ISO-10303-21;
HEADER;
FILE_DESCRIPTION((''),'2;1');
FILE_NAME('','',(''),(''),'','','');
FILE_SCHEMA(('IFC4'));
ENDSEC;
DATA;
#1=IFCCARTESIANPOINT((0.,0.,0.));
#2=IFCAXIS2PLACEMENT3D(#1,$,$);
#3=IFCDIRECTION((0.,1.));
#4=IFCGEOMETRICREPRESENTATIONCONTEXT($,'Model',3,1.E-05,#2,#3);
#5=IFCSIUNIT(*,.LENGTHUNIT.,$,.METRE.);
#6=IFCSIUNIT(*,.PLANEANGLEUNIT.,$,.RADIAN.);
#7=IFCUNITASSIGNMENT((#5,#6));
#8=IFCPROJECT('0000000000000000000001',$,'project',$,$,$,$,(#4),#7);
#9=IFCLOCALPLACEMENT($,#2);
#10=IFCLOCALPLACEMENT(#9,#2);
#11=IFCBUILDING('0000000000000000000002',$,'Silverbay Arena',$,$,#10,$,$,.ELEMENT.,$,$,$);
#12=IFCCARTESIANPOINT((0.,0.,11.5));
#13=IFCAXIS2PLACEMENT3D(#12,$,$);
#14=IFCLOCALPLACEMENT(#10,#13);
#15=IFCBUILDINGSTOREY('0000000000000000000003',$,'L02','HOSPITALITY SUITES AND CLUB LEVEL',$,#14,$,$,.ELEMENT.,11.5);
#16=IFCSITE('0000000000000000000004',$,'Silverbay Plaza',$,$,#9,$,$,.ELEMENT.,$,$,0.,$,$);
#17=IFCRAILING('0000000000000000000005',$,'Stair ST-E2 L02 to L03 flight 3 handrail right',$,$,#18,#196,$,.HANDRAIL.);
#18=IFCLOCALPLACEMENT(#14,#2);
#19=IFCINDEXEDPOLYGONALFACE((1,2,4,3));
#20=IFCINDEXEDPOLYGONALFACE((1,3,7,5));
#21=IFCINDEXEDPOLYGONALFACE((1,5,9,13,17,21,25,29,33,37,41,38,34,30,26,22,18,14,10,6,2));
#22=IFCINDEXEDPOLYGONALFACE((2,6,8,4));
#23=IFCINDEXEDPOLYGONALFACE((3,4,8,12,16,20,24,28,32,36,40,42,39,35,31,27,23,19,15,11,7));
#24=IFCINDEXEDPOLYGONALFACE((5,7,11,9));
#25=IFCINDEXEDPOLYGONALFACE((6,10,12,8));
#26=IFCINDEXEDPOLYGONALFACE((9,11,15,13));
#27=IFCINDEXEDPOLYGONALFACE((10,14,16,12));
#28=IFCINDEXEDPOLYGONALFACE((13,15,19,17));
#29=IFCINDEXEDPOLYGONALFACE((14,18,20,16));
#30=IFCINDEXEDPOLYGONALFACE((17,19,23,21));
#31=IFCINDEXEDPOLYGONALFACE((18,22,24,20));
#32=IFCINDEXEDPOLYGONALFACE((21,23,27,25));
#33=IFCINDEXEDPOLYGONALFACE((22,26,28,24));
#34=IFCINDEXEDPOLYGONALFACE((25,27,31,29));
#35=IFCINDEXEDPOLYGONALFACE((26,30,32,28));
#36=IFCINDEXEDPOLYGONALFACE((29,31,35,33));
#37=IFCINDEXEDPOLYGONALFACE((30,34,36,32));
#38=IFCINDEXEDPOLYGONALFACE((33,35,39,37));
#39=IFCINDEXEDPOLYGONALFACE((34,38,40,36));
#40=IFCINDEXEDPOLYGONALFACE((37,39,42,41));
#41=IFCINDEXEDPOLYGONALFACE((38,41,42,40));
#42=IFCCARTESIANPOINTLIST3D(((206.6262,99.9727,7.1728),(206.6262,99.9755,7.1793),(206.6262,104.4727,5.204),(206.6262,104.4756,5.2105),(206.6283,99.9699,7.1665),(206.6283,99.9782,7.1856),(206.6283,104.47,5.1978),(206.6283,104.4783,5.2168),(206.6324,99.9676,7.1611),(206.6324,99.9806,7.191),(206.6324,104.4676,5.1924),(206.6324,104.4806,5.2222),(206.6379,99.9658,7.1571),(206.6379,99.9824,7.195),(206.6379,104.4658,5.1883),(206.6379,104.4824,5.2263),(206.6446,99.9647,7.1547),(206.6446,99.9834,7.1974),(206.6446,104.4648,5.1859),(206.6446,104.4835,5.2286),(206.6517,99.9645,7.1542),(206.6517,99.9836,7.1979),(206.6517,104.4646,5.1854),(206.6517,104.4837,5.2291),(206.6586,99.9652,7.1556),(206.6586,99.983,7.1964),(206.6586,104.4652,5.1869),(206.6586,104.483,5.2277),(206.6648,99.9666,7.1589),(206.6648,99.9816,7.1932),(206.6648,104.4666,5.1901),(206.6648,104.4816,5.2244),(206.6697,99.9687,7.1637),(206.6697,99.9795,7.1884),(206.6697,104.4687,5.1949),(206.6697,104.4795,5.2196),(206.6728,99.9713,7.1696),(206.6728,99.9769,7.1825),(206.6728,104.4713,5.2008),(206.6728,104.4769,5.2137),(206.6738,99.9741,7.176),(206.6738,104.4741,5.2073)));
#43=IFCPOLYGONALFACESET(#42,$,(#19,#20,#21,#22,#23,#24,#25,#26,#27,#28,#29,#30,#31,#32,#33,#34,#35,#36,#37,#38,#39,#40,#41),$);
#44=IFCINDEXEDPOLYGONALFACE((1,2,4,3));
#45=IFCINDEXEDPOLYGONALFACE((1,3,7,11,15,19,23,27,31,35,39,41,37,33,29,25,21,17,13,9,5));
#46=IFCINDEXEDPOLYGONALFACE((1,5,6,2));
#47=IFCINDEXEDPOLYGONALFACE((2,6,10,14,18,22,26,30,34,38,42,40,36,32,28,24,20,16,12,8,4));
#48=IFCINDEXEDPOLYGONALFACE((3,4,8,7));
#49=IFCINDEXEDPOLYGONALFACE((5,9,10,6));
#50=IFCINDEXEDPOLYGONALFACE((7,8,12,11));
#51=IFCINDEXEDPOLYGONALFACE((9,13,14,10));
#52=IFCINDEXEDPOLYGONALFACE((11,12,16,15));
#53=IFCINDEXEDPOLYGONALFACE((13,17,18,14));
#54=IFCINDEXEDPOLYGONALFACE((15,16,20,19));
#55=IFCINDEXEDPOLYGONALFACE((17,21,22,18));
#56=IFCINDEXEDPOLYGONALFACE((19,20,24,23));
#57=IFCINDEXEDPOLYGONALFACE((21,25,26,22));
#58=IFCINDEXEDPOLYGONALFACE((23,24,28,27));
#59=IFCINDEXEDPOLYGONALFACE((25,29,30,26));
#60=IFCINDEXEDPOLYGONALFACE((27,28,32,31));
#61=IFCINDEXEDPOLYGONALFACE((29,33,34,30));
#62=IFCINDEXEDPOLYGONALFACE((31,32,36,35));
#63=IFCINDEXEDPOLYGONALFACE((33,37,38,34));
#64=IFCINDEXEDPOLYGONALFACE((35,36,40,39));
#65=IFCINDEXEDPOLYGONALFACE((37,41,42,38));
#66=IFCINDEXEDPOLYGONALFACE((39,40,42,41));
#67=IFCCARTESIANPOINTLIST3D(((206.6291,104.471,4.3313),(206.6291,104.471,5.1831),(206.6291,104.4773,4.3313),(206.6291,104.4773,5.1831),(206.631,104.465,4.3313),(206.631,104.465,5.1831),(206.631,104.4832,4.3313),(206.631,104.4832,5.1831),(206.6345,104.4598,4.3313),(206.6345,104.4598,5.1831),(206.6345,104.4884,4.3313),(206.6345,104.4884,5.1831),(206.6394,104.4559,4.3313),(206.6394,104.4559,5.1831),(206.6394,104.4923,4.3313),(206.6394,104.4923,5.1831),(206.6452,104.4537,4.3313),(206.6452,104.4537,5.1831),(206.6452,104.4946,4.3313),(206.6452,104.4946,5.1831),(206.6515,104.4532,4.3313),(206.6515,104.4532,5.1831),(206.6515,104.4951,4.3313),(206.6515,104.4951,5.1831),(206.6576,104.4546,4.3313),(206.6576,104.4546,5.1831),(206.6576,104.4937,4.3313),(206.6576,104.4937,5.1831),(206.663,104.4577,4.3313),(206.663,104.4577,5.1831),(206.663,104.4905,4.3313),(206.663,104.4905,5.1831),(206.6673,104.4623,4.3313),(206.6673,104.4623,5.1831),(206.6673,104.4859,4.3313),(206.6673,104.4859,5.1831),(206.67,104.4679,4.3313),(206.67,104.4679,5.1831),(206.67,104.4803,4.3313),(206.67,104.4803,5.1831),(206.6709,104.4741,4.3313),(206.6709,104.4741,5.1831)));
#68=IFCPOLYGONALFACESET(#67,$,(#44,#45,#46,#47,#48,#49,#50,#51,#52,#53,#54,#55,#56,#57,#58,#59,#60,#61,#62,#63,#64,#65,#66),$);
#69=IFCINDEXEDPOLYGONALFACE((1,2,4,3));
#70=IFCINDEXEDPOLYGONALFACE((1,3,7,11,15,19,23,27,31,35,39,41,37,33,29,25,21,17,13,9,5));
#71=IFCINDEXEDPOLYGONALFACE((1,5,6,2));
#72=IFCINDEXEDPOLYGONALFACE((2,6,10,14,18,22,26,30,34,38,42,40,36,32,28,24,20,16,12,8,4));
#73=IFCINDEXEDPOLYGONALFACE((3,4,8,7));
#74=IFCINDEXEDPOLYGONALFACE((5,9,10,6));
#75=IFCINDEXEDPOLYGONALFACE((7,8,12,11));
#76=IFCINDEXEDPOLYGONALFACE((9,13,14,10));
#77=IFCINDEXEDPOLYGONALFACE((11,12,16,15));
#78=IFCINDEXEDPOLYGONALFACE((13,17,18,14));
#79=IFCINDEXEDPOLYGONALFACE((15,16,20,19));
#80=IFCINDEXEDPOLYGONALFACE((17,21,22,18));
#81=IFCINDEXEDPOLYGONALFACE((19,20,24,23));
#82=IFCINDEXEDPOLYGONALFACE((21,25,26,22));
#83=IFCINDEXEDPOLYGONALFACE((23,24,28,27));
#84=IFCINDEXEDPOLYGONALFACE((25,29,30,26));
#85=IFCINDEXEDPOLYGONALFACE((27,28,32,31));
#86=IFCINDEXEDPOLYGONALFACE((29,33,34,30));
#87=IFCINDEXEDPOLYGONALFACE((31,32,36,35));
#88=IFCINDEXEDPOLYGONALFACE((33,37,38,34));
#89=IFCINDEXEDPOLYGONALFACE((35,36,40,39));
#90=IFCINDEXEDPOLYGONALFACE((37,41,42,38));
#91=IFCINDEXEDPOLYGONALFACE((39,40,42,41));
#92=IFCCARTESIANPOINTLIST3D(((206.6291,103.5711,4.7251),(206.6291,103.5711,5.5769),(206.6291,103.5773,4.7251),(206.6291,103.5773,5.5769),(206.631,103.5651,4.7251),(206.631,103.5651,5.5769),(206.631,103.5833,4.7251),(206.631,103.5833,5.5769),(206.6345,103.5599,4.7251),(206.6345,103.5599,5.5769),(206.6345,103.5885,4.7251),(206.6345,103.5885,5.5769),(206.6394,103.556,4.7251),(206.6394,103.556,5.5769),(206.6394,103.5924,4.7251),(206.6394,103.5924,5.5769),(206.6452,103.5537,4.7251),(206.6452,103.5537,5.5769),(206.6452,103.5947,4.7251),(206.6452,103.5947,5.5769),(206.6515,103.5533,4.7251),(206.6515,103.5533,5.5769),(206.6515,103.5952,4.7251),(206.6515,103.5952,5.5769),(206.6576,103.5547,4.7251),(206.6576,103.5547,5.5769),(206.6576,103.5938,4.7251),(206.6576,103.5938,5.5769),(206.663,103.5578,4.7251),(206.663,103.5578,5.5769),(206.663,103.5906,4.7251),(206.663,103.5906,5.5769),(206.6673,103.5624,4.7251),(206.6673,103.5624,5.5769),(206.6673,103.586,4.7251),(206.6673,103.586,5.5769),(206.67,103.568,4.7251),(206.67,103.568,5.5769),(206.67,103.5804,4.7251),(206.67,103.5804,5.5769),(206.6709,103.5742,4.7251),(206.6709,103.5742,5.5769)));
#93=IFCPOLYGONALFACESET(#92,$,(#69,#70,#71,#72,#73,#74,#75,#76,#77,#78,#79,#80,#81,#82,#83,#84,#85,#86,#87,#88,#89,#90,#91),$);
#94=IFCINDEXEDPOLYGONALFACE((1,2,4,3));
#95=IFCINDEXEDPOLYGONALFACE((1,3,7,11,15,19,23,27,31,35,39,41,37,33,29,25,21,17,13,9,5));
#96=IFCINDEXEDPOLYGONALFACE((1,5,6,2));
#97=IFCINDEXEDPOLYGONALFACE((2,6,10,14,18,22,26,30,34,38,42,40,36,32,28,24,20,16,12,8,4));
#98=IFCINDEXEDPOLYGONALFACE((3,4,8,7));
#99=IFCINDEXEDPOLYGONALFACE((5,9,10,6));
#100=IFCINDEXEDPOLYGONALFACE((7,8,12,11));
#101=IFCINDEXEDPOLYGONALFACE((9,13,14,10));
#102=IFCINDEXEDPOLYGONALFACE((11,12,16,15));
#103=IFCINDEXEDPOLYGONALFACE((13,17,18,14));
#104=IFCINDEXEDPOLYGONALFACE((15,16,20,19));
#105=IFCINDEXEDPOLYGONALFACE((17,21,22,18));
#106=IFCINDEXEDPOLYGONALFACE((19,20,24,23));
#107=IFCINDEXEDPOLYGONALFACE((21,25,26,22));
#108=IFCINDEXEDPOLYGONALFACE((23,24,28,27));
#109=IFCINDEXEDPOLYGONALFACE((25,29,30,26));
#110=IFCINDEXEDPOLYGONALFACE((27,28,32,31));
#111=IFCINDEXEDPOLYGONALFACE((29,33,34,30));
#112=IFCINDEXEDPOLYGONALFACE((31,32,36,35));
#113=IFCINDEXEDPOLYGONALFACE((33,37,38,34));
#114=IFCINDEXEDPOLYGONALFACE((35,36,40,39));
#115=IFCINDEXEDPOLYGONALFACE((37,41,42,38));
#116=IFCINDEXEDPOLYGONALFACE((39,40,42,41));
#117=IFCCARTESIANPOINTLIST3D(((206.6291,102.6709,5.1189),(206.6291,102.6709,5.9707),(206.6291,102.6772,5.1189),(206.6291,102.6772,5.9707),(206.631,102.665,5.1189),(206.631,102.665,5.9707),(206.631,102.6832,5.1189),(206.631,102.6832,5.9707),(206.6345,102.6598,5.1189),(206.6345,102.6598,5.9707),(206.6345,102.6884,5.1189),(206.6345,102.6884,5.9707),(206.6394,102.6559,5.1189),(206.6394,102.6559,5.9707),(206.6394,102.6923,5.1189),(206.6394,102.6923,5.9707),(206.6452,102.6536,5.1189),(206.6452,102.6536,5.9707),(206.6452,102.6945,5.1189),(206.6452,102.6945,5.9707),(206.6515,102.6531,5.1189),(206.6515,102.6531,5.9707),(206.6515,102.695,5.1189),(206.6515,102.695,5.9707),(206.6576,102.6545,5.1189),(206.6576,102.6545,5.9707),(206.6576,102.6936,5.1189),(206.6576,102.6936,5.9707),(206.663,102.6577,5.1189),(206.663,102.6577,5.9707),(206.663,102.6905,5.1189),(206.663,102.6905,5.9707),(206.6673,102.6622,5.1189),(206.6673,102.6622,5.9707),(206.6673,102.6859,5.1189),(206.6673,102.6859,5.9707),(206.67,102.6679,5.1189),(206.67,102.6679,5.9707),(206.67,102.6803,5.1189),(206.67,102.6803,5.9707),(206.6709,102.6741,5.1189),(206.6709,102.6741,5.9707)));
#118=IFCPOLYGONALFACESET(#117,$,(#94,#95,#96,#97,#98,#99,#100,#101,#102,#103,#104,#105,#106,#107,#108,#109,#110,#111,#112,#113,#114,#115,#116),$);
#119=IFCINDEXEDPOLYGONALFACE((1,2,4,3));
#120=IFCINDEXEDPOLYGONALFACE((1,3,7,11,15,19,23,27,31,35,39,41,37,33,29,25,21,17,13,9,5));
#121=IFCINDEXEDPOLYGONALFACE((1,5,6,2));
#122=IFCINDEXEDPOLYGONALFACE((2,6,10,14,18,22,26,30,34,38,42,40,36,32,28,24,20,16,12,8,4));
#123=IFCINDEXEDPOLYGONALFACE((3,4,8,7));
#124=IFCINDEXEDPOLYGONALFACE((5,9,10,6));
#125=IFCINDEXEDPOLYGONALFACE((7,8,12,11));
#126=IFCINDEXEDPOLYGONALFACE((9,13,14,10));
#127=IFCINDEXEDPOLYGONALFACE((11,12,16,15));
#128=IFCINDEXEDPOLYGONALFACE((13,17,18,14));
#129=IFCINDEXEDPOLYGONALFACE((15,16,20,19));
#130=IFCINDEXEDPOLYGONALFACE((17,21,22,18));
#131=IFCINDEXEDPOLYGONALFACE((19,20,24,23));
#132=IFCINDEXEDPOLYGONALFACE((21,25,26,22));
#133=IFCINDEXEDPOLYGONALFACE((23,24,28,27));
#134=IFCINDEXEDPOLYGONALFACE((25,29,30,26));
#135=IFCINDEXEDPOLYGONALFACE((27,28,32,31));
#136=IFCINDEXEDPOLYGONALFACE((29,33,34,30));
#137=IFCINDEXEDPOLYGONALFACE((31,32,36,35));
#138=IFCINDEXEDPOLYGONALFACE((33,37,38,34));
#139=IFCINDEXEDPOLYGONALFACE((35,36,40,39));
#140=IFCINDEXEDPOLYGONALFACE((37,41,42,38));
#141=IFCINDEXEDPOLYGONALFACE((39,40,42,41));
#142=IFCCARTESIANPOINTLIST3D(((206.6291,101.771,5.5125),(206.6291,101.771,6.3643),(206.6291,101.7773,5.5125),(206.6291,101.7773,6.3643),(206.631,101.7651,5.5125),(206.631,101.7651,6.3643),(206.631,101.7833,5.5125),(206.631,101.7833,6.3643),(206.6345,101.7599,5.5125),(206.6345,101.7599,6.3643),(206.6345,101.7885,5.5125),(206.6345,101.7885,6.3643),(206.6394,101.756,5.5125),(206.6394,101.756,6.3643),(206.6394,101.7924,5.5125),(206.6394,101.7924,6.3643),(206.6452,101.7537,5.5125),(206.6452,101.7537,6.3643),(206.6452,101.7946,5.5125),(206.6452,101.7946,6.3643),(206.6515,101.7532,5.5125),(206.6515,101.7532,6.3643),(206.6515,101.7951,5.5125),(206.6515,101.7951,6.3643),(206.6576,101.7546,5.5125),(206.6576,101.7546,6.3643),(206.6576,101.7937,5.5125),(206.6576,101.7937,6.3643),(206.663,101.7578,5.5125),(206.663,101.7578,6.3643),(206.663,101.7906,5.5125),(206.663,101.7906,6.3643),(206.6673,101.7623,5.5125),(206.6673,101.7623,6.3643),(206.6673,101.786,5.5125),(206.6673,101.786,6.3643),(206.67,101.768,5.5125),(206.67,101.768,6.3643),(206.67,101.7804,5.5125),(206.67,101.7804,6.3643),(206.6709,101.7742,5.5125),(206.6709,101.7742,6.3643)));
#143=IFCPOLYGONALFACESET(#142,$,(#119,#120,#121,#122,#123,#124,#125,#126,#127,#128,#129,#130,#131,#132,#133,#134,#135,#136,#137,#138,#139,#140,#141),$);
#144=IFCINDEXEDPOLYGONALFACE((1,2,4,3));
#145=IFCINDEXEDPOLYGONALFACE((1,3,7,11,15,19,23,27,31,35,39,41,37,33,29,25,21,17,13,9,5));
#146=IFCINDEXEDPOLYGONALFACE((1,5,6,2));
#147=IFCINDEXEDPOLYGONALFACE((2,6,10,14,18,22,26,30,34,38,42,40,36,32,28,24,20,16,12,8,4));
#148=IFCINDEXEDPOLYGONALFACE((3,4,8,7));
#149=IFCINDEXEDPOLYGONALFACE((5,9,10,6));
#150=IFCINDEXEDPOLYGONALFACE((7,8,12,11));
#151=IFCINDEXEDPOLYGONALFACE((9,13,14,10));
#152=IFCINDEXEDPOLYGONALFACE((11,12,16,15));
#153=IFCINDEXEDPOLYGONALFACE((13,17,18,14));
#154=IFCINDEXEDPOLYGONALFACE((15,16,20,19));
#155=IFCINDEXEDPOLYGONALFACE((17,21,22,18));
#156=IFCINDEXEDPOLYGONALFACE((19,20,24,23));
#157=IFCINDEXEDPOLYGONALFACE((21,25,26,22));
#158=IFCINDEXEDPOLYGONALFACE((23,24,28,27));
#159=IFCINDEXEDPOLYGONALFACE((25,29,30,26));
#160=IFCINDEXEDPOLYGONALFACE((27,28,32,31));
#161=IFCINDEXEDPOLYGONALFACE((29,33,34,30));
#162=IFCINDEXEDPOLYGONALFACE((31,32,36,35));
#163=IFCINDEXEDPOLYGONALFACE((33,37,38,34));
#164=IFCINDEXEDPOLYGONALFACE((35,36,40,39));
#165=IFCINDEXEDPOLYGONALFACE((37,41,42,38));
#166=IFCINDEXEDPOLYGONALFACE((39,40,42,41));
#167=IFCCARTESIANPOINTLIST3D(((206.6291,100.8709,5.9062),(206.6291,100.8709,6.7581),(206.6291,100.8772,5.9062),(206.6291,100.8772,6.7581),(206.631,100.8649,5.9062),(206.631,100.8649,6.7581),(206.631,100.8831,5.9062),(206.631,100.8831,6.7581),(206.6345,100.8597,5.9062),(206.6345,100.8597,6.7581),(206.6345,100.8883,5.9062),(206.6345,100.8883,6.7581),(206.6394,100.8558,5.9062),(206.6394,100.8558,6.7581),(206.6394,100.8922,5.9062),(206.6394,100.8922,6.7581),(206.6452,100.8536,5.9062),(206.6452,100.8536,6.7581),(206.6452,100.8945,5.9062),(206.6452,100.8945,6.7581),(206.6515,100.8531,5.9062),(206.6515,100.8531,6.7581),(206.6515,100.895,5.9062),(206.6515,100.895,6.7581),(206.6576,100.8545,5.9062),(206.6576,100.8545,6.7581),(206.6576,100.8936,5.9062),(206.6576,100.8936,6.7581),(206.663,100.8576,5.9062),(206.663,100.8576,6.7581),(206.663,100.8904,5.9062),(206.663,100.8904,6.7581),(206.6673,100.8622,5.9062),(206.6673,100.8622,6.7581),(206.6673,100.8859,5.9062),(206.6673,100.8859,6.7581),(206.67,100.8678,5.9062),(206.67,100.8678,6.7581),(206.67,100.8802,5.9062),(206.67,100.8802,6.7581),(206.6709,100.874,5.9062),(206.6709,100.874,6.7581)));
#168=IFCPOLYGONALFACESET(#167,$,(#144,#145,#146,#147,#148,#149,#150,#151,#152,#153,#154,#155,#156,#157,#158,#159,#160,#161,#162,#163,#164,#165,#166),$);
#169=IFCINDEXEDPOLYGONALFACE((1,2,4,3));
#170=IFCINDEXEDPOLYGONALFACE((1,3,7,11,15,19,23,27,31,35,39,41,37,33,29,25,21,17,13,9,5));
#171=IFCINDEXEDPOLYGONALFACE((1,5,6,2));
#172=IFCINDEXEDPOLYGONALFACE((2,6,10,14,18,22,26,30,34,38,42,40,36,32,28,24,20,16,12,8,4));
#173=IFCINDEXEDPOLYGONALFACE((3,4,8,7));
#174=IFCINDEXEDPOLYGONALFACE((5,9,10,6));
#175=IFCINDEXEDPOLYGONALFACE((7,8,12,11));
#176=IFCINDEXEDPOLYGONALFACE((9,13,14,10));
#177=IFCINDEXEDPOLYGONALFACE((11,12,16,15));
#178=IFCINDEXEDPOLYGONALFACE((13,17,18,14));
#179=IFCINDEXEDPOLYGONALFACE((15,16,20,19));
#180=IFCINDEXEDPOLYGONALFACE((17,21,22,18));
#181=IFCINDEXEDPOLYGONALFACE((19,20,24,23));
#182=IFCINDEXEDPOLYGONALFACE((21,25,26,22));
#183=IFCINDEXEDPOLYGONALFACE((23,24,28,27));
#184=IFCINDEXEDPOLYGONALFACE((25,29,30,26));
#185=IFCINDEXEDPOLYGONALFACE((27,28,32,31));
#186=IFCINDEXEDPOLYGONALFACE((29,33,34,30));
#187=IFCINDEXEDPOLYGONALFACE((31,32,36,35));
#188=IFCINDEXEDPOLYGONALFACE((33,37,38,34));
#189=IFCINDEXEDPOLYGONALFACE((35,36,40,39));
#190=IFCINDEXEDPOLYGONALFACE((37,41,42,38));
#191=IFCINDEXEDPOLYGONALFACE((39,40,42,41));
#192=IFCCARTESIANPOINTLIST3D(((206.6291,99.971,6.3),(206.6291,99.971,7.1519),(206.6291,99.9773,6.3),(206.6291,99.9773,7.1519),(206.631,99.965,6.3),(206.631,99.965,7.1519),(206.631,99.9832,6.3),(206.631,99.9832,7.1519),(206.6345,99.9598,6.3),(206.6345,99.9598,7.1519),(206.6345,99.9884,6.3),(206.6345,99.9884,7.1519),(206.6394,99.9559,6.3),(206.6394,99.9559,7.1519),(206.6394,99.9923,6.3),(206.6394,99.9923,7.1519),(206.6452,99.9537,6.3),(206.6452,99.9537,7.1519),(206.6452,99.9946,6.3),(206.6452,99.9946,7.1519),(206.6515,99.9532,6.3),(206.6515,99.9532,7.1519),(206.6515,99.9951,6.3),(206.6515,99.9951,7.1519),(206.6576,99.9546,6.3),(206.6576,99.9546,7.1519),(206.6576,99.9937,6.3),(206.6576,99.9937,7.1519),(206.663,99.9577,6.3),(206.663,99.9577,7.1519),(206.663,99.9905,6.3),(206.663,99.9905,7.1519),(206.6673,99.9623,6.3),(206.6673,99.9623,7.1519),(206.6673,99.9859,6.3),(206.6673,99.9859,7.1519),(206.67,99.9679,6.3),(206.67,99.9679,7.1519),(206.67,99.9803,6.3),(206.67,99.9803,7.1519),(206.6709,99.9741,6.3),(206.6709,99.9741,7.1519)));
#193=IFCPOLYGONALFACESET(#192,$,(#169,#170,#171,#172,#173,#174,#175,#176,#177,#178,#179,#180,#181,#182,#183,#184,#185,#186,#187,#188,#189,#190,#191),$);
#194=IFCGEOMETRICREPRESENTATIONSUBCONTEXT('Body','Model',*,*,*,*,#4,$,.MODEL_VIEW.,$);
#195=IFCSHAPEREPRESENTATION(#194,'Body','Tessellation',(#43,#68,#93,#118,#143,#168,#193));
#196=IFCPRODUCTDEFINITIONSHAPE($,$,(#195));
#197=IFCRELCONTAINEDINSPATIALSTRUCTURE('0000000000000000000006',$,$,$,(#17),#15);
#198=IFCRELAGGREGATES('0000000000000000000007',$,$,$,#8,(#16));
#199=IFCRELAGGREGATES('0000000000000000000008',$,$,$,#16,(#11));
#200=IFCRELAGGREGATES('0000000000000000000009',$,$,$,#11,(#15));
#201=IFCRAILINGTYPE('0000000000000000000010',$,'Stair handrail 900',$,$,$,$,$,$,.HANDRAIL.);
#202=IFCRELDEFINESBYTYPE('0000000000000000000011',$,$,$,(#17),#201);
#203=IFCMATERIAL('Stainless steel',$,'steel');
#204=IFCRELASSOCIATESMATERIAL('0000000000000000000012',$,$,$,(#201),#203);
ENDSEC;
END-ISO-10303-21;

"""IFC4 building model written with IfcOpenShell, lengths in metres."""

from ifc_helpers import new_model, si_unit, direction, frame, origin, origin_2d, place, context, subcontext, project, spatial, circle, extrude, material, type_object, element, save


model = new_model("IFC4")

# Units and contexts
model_context = context("Model", 3, precision=1e-05, world=origin(), true_north=direction((0.0, 1.0)))
body_context = subcontext(model_context, "Body", "Model", "MODEL_VIEW")
ifc_project = project(units=[si_unit("LENGTHUNIT", "METRE"), si_unit("PLANEANGLEUNIT", "RADIAN")], contexts=[model_context])

# Site, building, storey
site_placement = place(None, origin())
site = spatial("IfcSite", under=ifc_project, at=site_placement, Name="Silverbay Plaza", CompositionType="ELEMENT", RefElevation=0.0)
building_placement = place(site_placement, origin())
building = spatial("IfcBuilding", under=site, at=building_placement, Name="Silverbay Arena", CompositionType="ELEMENT")
storey_placement = place(building_placement, frame((0.0, 0.0, 11.5)))
storey = spatial("IfcBuildingStorey", under=building, at=storey_placement, Name="L02", Description="HOSPITALITY SUITES AND CLUB LEVEL", CompositionType="ELEMENT", Elevation=11.5)

# Railing
ifc_material_1 = material(Name="Stainless steel", Category="steel")
railing_type = type_object("IfcRailingType", Name="Stair handrail 900", PredefinedType="HANDRAIL", material=ifc_material_1)
for number, where, name in (
    (1, (206.6499, 104.4741, 4.3313), "Stair ST-E2 L02 to L03 flight 3 handrail right"),
):
    element("IfcRailing", number, at=place(storey_placement, frame(where)), inside=storey, type_object=railing_type, Name=name, PredefinedType="HANDRAIL", context=body_context, shape_type="SweptSolid", body=[
        extrude(circle(Radius=0.0239, at=origin_2d()), frame((0.0, 0.0, 0.876), z_axis=(0.0, -0.916157, 0.400819), x_axis=(1.0, 0.0, 0.0)), (0.0, 0.0, 1.0), 4.9119),
        extrude(circle(Radius=0.021, at=origin_2d()), origin(), (0.0, 0.0, 1.0), 0.8518),
        extrude(circle(Radius=0.021, at=origin_2d()), frame((0.0, -0.8999, 0.3938)), (0.0, 0.0, 1.0), 0.8518),
        extrude(circle(Radius=0.021, at=origin_2d()), frame((0.0, -1.8, 0.7876)), (0.0, 0.0, 1.0), 0.8518),
        extrude(circle(Radius=0.021, at=origin_2d()), frame((0.0, -2.7, 1.1812)), (0.0, 0.0, 1.0), 0.8518),
        extrude(circle(Radius=0.021, at=origin_2d()), frame((0.0, -3.6001, 1.575)), (0.0, 0.0, 1.0), 0.8518),
        extrude(circle(Radius=0.021, at=origin_2d()), frame((0.0, -4.5, 1.9688)), (0.0, 0.0, 1.0), 0.8518),
    ])

save(model, "model.ifc")
